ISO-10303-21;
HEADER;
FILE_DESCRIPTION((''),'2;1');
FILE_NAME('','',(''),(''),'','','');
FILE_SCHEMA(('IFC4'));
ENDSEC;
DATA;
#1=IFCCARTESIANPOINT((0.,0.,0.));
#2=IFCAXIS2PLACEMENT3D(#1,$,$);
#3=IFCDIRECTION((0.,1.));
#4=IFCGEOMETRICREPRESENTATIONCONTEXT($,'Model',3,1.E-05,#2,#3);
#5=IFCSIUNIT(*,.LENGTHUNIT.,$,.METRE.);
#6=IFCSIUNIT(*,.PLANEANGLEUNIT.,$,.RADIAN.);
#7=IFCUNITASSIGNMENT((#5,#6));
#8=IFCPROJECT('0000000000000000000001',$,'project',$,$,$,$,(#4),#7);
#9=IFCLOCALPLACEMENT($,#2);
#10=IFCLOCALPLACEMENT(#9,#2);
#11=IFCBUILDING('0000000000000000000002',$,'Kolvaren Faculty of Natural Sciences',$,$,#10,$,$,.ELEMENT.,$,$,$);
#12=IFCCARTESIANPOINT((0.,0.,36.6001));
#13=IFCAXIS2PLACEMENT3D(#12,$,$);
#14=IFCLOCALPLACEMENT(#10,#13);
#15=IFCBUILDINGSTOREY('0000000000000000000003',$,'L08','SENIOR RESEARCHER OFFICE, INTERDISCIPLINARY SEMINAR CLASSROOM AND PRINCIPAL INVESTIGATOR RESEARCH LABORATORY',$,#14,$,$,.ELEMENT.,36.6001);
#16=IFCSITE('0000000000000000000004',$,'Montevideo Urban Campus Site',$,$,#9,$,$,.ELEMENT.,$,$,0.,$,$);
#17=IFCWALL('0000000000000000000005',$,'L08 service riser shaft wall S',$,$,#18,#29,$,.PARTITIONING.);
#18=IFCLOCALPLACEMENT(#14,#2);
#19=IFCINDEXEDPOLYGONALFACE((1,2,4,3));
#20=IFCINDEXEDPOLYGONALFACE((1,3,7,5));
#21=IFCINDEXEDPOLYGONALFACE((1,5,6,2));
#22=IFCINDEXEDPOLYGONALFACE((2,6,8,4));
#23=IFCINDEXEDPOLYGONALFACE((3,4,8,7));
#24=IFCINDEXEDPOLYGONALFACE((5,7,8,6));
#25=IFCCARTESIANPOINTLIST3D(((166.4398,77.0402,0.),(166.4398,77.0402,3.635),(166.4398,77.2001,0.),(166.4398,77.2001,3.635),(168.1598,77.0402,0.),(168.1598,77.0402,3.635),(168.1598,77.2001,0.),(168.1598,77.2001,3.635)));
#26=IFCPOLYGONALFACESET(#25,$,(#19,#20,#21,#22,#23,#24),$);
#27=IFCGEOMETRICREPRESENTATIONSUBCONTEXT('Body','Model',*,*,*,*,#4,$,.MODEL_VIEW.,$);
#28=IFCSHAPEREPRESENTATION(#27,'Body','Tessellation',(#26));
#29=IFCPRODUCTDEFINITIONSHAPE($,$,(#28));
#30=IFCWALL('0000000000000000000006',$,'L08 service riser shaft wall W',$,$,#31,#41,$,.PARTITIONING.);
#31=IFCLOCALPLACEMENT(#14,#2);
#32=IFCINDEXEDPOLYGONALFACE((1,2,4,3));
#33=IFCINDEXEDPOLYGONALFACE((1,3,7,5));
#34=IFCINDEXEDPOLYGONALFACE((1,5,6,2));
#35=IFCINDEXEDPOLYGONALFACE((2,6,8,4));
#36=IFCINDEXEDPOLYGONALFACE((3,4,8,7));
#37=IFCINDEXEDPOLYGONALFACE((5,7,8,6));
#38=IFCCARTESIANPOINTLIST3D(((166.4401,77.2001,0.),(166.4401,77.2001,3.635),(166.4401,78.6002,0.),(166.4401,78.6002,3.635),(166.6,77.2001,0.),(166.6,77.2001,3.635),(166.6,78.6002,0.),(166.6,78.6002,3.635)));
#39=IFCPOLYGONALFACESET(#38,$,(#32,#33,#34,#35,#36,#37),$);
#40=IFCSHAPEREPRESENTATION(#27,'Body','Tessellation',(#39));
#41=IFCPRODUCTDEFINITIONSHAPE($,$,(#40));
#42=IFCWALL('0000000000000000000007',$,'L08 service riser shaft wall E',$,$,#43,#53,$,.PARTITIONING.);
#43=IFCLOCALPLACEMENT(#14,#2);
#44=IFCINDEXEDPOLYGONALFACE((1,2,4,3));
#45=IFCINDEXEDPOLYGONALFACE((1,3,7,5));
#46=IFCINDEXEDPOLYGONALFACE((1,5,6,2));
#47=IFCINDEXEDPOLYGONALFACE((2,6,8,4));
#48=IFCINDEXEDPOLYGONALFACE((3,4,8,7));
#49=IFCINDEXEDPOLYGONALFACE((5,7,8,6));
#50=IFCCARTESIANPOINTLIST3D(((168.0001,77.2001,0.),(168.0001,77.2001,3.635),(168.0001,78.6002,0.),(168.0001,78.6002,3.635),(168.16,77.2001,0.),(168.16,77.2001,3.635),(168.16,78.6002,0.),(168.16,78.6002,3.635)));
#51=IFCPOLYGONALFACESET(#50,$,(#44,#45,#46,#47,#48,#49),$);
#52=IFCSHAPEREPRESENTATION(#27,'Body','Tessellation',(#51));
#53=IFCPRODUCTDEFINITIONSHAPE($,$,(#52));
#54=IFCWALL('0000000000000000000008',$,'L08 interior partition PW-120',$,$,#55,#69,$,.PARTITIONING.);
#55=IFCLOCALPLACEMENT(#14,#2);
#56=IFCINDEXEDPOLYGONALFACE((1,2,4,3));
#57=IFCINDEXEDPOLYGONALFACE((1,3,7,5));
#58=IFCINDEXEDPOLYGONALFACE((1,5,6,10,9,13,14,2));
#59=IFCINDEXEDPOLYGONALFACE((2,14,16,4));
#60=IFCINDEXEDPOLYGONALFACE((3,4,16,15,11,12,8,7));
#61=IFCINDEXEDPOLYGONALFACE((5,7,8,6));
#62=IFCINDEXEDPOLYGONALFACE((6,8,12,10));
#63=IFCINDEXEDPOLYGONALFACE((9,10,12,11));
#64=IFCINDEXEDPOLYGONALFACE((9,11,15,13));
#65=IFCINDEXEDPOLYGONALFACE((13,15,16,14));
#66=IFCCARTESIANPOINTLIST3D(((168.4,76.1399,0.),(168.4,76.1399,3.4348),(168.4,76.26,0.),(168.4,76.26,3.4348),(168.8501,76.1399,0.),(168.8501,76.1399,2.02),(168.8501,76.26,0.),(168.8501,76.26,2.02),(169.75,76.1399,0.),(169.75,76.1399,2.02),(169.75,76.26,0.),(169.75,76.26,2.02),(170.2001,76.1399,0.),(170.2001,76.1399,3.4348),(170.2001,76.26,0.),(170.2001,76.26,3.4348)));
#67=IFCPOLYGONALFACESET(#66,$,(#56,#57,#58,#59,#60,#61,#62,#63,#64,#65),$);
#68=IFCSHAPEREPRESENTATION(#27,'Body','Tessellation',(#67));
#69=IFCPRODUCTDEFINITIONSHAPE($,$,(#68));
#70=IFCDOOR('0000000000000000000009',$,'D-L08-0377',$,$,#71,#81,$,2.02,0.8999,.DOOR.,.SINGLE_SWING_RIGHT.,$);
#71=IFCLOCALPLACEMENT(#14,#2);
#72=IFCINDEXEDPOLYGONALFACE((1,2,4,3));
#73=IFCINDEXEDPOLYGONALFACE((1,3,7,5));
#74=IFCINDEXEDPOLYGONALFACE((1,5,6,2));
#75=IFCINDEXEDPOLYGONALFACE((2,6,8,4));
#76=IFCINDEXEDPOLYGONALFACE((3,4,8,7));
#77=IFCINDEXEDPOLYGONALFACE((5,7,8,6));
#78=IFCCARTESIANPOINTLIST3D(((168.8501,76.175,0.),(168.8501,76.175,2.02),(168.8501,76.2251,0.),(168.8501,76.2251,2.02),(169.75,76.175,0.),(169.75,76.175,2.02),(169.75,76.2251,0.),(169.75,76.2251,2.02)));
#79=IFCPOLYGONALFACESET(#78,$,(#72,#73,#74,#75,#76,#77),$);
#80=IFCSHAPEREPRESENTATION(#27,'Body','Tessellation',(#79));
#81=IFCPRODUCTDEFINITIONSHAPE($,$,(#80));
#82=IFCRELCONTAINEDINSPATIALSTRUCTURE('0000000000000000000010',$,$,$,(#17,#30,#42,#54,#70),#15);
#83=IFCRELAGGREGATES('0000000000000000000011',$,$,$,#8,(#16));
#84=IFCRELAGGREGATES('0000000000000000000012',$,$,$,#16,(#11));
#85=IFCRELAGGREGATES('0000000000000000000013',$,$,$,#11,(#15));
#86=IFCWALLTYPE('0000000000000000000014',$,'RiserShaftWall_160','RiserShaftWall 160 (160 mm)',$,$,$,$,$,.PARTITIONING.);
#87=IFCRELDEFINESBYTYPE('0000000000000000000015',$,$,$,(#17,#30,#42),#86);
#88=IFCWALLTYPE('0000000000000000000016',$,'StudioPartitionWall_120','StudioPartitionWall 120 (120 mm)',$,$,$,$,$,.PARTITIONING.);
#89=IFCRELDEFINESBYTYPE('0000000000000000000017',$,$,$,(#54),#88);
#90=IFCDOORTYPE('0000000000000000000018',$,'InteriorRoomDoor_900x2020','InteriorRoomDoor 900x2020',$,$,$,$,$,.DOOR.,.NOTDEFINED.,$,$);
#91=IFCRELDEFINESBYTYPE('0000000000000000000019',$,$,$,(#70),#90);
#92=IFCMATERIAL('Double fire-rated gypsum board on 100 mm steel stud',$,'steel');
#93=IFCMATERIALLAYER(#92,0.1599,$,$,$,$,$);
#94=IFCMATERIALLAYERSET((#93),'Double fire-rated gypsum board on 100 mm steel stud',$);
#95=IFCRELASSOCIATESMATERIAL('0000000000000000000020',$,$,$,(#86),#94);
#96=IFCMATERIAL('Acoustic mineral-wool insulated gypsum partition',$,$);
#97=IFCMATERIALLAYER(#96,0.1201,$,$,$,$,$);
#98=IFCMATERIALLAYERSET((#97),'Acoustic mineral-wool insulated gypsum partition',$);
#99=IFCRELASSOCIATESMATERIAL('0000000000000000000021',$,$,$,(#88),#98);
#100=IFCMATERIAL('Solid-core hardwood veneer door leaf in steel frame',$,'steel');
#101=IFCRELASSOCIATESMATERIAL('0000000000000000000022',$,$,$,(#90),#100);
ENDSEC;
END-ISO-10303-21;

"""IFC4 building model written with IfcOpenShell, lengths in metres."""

from ifc_helpers import new_model, si_unit, direction, frame, frame_2d, origin, place, context, subcontext, project, spatial, rectangle, extrude, material, layer, layer_set, type_object, element, fill, save


model = new_model("IFC4")

# Units and contexts
model_context = context("Model", 3, precision=1e-05, world=origin(), true_north=direction((0.0, 1.0)))
body_context = subcontext(model_context, "Body", "Model", "MODEL_VIEW")
ifc_project = project(units=[si_unit("LENGTHUNIT", "METRE"), si_unit("PLANEANGLEUNIT", "RADIAN")], contexts=[model_context])

# Site, building, storey
site_placement = place(None, origin())
site = spatial("IfcSite", under=ifc_project, at=site_placement, Name="Montevideo Urban Campus Site", CompositionType="ELEMENT", RefElevation=0.0)
building_placement = place(site_placement, origin())
building = spatial("IfcBuilding", under=site, at=building_placement, Name="Kolvaren Faculty of Natural Sciences", CompositionType="ELEMENT")
storey_placement = place(building_placement, frame((0.0, 0.0, 36.6001)))
storey = spatial("IfcBuildingStorey", under=building, at=storey_placement, Name="L08", Description="SENIOR RESEARCHER OFFICE, INTERDISCIPLINARY SEMINAR CLASSROOM AND PRINCIPAL INVESTIGATOR RESEARCH LABORATORY", CompositionType="ELEMENT", Elevation=36.6001)

# Shared definitions
ifc_material_1 = material(Name="Acoustic mineral-wool insulated gypsum partition")

# Shared definitions
ifc_material_2 = material(Name="Solid-core hardwood veneer door leaf in steel frame", Category="steel")

# Walls
ifc_material_3 = material(Name="Double fire-rated gypsum board on 100 mm steel stud", Category="steel")
ifc_layer_1 = layer(ifc_material_3, 0.1599)
ifc_layer_set_1 = layer_set([ifc_layer_1], Name="Double fire-rated gypsum board on 100 mm steel stud")
wall_type_1 = type_object("IfcWallType", Name="RiserShaftWall_160", Description="RiserShaftWall 160 (160 mm)", PredefinedType="PARTITIONING", material=ifc_layer_set_1)
wall_1_placement = place(storey_placement, frame((166.4399, 77.1201, 0.0), z_axis=(0.0, 0.0, 1.0), x_axis=(1.0, 0.0, 0.0)))
element("IfcWall", 1, at=wall_1_placement, inside=storey, type_object=wall_type_1, Name="L08 service riser shaft wall S", PredefinedType="PARTITIONING", context=body_context, shape_type="SweptSolid", body=[
    extrude(rectangle(XDim=1.72, YDim=0.1599, at=frame_2d((0.8599, 0.0))), origin(), (0.0, 0.0, 1.0), 3.635),
])
for number, where, z_axis, x_axis, name in (
    (2, (166.52, 77.2, 0.0), (0.0, 0.0, 1.0), (0.0, 1.0, 0.0), "L08 service riser shaft wall W"),
    (3, (168.0801, 77.2, 0.0), (0.0, 0.0, 1.0), (0.0, 1.0, 0.0), "L08 service riser shaft wall E"),
):
    element("IfcWall", number, at=place(storey_placement, frame(where, z_axis=z_axis, x_axis=x_axis)), inside=storey, type_object=wall_type_1, Name=name, PredefinedType="PARTITIONING", context=body_context, shape_type="SweptSolid", body=[
        extrude(rectangle(XDim=1.4001, YDim=0.1599, at=frame_2d((0.7002, 0.0))), origin(), (0.0, 0.0, 1.0), 3.635),
    ])

# Wall, opening, door
ifc_layer_2 = layer(ifc_material_1, 0.1201)
ifc_layer_set_2 = layer_set([ifc_layer_2], Name="Acoustic mineral-wool insulated gypsum partition")
wall_type_2 = type_object("IfcWallType", Name="StudioPartitionWall_120", Description="StudioPartitionWall 120 (120 mm)", PredefinedType="PARTITIONING", material=ifc_layer_set_2)
wall_2_placement = place(storey_placement, frame((170.2, 76.2, 0.0), z_axis=(0.0, 0.0, 1.0), x_axis=(-1.0, 0.0, 0.0)))
wall_2 = element("IfcWall", 4, at=wall_2_placement, inside=storey, type_object=wall_type_2, Name="L08 interior partition PW-120", PredefinedType="PARTITIONING", context=body_context, shape_type="SweptSolid", body=[
    extrude(rectangle(XDim=1.8, YDim=0.1201, at=frame_2d((0.8999, 0.0))), origin(), (0.0, 0.0, 1.0), 3.4348),
])
opening_1_placement = place(wall_2_placement, frame((0.45, 0.0, 0.0)))
opening_1 = element("IfcOpeningElement", 5, at=opening_1_placement, cuts=wall_2, PredefinedType="OPENING", context=body_context, shape_type="SweptSolid", body=[
    extrude(rectangle(XDim=0.8999, YDim=2.02, at=frame_2d((0.45, 1.01))), frame((0.0, 0.0701, 0.0), z_axis=(0.0, -1.0, 0.0), x_axis=(1.0, 0.0, 0.0)), (0.0, 0.0, 1.0), 0.1401),
])
door_type_1 = type_object("IfcDoorType", Name="InteriorRoomDoor_900x2020", Description="InteriorRoomDoor 900x2020", OperationType="NOTDEFINED", PredefinedType="DOOR", material=ifc_material_2)
door_1_placement = place(opening_1_placement, origin())
door_1 = element("IfcDoor", 6, at=door_1_placement, inside=storey, type_object=door_type_1, Name="D-L08-0377", OperationType="SINGLE_SWING_RIGHT", OverallHeight=2.02, OverallWidth=0.8999, PredefinedType="DOOR", context=body_context, shape_type="SweptSolid", body=[
    extrude(rectangle(XDim=0.8999, YDim=2.02, at=frame_2d((0.45, 1.01))), frame((0.0, 0.0249, 0.0), z_axis=(0.0, -1.0, 0.0), x_axis=(1.0, 0.0, 0.0)), (0.0, 0.0, 1.0), 0.05),
])
fill(opening_1, door_1)

save(model, "model.ifc")
